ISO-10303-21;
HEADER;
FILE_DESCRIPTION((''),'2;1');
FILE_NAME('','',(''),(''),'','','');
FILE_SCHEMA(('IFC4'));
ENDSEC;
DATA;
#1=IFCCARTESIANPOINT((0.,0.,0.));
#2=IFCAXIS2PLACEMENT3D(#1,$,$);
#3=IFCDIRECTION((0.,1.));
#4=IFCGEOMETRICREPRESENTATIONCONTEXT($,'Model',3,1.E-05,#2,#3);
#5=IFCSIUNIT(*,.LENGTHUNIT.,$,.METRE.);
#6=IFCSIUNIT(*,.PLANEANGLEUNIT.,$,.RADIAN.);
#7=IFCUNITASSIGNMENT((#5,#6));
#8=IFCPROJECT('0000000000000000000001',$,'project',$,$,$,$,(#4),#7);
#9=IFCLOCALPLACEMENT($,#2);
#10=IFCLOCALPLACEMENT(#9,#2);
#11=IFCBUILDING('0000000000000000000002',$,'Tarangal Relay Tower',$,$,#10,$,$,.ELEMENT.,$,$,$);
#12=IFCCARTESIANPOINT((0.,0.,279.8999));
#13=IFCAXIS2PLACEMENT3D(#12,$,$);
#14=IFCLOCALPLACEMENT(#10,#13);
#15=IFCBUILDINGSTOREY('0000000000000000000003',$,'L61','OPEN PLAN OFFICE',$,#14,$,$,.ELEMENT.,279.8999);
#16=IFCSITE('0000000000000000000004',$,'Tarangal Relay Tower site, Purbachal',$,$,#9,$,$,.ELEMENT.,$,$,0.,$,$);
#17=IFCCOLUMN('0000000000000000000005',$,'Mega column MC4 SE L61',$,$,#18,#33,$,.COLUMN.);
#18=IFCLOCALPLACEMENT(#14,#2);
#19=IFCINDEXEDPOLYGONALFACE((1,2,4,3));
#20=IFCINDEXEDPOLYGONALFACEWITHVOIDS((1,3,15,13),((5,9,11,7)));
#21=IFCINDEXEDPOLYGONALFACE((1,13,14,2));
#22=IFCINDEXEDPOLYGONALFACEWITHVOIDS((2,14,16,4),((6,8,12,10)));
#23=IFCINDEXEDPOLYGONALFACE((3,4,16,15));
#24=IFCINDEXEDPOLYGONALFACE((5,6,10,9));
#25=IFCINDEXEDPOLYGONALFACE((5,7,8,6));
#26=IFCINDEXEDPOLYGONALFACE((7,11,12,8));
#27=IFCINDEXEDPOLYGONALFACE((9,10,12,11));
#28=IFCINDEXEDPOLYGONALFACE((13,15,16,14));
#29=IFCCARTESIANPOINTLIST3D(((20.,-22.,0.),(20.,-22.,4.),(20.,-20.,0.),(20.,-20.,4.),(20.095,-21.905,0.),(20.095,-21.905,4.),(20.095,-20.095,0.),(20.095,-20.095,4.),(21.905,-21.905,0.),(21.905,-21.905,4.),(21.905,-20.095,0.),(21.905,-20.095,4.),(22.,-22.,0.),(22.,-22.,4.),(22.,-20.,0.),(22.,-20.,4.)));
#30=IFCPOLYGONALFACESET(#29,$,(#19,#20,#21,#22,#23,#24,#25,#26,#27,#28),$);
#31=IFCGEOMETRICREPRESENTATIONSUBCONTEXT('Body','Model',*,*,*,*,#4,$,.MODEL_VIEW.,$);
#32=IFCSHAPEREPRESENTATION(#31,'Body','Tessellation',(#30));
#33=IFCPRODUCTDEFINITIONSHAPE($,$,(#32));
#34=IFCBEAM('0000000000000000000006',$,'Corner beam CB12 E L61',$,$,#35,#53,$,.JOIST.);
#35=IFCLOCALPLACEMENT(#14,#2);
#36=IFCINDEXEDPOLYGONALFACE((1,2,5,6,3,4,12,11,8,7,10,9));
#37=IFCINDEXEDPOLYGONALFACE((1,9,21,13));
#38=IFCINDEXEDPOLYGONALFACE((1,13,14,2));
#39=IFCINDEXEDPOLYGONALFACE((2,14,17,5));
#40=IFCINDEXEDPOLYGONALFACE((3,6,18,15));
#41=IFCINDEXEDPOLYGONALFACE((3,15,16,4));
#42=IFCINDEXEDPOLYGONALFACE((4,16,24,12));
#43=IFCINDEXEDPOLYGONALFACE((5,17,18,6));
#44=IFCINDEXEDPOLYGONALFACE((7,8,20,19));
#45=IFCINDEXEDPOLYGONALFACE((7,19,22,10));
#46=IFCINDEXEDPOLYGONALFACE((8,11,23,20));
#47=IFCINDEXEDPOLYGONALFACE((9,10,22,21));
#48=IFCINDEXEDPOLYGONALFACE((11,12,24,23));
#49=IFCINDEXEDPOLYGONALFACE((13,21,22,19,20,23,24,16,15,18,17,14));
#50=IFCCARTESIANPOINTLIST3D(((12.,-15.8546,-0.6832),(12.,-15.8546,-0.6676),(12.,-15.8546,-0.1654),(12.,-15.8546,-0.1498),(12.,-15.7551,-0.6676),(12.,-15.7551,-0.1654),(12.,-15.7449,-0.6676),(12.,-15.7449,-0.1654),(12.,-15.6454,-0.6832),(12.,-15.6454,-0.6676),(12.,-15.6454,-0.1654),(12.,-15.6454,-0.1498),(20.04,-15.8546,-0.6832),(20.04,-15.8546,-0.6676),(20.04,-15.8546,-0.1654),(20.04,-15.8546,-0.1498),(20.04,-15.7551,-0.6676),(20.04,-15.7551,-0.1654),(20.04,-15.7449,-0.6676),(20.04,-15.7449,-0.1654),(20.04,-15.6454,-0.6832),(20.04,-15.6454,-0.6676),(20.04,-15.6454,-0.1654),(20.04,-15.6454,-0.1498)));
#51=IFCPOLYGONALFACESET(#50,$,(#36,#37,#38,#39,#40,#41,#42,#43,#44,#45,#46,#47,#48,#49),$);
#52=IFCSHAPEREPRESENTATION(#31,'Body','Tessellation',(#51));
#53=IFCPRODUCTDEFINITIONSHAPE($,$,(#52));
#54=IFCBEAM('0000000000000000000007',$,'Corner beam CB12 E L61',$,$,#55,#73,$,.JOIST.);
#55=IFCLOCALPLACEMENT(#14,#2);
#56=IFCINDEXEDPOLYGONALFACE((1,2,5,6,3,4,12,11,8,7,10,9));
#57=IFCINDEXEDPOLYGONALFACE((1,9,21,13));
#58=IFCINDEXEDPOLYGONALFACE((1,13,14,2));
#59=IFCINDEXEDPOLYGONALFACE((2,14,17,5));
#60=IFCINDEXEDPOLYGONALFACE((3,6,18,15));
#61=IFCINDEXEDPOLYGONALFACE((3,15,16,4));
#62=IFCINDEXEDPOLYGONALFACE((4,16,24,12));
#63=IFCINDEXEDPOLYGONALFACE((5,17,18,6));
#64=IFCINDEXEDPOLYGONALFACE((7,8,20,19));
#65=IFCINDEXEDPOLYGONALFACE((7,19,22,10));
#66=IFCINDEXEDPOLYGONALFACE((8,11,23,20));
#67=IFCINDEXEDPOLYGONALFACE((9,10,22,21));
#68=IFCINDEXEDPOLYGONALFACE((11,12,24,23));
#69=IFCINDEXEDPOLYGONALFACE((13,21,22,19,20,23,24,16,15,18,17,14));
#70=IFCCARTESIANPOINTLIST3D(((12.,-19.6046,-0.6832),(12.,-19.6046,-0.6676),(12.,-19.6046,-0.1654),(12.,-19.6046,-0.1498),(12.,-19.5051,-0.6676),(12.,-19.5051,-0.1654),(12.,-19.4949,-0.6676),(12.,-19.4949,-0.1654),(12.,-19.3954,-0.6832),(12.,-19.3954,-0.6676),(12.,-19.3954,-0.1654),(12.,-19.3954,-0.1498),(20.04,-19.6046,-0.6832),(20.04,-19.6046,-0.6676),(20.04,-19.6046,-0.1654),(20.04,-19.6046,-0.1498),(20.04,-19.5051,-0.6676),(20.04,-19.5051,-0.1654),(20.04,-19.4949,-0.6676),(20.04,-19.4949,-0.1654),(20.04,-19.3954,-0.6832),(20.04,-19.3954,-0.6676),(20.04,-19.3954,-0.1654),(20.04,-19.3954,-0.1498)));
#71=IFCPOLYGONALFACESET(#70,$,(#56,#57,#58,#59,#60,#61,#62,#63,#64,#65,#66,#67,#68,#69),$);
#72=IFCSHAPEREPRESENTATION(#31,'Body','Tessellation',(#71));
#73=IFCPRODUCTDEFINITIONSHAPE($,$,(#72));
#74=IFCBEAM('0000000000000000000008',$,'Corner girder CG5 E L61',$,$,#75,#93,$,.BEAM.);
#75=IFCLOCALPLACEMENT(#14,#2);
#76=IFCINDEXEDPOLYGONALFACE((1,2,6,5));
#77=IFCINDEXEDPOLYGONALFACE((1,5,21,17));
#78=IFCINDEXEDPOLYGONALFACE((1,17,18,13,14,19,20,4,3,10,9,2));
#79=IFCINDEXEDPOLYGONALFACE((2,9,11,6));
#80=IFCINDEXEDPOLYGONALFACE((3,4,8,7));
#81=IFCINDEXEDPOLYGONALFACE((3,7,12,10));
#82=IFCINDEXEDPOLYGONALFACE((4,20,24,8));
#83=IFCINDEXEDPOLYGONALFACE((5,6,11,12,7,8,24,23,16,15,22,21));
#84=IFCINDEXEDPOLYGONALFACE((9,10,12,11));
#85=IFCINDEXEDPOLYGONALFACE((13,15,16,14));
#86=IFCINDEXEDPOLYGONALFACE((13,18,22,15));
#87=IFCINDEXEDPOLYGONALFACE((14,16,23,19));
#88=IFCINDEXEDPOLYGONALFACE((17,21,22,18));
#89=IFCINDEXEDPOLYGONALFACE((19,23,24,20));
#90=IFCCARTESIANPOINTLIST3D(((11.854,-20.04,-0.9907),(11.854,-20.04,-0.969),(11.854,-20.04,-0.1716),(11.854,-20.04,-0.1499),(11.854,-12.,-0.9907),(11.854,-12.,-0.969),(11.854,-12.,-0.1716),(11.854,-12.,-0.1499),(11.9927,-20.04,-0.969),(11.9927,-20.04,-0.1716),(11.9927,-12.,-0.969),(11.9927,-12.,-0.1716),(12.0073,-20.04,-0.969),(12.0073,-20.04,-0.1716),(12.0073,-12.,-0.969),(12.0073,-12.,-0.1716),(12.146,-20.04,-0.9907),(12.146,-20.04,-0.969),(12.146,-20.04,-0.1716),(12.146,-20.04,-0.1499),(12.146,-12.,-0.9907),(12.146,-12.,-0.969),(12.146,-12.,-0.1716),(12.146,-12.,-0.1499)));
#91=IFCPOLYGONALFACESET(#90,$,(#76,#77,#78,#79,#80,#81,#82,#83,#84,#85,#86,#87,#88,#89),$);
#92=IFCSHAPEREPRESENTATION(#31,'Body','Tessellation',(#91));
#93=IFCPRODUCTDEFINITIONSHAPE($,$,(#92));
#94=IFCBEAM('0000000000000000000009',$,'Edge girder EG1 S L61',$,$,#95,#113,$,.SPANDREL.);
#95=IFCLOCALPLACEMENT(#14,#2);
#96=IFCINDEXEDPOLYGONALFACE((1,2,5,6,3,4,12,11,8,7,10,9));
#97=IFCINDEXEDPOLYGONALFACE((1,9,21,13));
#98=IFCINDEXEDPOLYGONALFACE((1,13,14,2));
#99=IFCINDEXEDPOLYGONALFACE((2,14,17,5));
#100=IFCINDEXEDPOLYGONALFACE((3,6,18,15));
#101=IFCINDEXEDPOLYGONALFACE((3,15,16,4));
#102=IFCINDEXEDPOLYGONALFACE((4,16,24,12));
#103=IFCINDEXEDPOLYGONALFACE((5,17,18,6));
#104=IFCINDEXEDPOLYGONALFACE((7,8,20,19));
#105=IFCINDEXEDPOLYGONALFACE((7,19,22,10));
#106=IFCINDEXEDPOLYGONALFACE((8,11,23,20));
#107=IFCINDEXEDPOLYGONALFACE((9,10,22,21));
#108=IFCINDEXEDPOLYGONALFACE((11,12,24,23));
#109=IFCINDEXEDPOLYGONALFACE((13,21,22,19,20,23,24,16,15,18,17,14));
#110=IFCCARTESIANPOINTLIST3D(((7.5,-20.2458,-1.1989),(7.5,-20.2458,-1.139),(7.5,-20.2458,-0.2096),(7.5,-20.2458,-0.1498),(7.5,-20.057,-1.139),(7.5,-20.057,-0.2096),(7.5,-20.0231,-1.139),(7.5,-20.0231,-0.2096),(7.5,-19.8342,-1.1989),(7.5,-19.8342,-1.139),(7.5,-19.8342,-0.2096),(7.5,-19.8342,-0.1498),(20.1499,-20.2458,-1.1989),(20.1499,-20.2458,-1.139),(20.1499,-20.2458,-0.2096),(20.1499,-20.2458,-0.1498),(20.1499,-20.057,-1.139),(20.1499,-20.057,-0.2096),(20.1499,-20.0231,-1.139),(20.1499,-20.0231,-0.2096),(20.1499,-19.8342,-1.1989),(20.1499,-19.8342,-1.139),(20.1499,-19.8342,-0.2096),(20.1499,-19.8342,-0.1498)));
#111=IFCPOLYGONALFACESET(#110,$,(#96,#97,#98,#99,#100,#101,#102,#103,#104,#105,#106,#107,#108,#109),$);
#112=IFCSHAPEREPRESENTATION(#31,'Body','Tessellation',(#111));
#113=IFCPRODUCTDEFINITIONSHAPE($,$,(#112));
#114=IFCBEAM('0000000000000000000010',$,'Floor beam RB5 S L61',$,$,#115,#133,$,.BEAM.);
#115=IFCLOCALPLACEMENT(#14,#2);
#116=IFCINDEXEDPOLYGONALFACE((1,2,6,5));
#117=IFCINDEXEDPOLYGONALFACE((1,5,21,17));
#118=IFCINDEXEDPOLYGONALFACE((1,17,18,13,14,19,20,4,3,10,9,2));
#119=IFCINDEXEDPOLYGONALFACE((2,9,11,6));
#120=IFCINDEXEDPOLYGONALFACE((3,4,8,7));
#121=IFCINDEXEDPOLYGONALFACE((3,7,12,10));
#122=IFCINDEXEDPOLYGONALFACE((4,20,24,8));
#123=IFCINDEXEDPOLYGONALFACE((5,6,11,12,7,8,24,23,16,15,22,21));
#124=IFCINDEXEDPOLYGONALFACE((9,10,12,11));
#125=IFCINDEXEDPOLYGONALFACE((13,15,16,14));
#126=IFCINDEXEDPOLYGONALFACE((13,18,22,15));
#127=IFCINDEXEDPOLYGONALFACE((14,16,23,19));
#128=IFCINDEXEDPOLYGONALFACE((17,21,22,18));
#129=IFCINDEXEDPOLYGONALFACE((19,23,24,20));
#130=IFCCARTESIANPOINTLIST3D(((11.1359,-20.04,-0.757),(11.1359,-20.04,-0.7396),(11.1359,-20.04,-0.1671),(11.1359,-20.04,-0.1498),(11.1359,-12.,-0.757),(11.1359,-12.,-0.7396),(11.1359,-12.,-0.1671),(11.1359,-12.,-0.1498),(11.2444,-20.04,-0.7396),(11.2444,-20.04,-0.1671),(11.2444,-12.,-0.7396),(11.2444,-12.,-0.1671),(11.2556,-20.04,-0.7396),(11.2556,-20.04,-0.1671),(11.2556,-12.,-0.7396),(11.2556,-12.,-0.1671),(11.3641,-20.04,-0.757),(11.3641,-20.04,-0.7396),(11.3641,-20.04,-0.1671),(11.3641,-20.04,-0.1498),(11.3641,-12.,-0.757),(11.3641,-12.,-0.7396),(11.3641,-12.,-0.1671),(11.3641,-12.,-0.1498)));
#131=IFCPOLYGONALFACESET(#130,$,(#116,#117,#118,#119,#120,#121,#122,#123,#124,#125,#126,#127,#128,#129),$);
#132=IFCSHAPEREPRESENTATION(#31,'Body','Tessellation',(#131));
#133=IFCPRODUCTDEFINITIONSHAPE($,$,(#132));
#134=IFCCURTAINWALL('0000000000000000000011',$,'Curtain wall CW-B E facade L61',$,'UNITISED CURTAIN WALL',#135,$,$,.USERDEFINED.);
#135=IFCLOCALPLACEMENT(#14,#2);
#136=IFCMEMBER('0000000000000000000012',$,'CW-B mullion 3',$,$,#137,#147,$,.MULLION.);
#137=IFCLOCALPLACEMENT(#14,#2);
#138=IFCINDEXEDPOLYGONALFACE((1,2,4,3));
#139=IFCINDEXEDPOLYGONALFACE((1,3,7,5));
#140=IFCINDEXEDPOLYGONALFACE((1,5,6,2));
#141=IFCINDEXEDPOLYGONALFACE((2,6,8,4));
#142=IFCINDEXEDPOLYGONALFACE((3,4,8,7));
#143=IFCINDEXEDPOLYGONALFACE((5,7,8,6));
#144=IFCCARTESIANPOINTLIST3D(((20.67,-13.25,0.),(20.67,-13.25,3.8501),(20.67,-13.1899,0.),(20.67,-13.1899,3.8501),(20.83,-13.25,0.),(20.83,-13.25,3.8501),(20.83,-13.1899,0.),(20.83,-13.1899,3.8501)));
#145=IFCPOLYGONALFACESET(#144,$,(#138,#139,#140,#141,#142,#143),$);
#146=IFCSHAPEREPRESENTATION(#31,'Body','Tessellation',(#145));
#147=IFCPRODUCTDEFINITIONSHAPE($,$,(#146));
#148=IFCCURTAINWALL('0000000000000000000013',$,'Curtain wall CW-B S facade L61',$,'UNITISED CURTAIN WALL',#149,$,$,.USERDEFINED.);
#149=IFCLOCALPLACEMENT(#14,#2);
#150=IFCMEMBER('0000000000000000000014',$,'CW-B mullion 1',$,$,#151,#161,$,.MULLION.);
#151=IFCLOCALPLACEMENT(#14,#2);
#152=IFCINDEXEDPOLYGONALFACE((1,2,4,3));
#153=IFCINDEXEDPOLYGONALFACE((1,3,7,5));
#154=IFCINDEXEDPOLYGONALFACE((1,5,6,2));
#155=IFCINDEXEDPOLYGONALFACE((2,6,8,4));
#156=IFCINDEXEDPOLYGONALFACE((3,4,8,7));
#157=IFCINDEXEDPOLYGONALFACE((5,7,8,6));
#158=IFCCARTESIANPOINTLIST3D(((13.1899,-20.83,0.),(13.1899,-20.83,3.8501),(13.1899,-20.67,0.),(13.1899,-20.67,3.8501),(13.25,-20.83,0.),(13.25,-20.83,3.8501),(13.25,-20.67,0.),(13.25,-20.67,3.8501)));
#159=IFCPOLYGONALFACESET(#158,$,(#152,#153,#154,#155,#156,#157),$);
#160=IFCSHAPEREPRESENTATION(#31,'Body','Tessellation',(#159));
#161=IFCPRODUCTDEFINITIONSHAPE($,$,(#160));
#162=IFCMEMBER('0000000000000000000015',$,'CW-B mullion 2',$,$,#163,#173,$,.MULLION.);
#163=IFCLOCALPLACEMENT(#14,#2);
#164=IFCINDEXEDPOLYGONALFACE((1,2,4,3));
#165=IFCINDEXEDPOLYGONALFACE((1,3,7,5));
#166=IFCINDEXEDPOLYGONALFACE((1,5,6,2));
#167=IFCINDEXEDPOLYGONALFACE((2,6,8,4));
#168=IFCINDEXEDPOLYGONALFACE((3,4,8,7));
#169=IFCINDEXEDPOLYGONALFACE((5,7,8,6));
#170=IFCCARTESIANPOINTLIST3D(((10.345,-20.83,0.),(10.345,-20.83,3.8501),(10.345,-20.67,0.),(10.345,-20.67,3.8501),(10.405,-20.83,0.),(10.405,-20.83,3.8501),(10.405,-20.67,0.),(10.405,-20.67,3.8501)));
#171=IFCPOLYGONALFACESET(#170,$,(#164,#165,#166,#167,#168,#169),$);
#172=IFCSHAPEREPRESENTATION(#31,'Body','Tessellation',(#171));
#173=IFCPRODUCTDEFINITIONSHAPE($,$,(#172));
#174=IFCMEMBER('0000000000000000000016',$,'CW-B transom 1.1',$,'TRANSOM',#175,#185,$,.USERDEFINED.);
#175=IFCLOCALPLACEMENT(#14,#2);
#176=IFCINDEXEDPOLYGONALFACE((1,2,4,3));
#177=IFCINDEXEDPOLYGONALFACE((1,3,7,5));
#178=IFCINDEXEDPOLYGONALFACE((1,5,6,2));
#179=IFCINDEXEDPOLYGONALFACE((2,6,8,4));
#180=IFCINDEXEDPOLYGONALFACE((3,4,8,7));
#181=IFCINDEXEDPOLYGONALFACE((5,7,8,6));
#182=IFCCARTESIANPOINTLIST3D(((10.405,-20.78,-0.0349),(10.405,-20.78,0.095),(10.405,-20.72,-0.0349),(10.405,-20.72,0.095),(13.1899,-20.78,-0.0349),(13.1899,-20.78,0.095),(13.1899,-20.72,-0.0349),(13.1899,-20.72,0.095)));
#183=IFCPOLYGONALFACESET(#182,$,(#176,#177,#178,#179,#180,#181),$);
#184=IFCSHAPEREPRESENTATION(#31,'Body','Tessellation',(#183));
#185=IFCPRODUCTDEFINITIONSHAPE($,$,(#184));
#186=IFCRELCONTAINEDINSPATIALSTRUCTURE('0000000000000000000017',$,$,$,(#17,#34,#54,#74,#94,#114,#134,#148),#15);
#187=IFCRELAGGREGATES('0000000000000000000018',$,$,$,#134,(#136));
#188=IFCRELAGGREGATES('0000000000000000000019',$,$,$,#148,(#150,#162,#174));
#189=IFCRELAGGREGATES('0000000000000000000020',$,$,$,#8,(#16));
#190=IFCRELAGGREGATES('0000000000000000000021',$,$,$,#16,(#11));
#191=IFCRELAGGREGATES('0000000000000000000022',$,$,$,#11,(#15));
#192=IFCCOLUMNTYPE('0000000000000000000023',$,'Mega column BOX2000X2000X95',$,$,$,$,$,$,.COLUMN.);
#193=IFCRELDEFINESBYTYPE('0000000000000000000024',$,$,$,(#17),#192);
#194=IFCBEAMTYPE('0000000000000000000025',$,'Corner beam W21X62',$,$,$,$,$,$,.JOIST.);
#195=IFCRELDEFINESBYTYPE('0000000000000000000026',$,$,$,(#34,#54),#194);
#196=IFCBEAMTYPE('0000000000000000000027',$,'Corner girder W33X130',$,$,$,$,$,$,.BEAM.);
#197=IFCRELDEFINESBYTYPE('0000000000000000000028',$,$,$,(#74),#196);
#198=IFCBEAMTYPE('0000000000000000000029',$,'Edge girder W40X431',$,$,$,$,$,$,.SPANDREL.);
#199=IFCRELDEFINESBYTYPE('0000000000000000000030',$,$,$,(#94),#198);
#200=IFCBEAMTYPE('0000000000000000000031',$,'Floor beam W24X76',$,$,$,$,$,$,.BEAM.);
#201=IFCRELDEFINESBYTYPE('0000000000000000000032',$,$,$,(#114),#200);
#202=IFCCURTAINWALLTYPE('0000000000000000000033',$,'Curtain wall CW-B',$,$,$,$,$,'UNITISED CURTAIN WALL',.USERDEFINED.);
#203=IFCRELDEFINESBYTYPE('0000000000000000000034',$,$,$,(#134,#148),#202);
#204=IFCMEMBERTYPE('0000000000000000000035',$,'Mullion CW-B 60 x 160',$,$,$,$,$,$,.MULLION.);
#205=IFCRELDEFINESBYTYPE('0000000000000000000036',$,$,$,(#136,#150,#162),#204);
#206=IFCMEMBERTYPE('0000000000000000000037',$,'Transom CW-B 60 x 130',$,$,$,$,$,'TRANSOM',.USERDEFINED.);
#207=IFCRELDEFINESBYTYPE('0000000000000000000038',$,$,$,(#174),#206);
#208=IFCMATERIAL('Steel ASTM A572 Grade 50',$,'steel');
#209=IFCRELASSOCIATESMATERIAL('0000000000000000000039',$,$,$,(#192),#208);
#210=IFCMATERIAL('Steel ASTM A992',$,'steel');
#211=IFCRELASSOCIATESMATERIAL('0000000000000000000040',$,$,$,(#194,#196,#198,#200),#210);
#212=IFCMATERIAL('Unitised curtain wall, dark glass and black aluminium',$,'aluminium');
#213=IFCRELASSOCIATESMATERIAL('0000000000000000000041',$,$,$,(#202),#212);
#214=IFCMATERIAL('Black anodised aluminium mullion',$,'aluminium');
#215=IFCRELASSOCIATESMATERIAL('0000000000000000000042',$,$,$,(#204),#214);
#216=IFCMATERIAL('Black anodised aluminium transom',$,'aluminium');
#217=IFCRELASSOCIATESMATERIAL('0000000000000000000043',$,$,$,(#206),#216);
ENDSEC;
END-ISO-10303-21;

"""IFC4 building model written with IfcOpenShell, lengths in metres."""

from ifc_helpers import new_model, si_unit, direction, frame, origin, origin_2d, place, context, subcontext, project, spatial, rectangle, hollow_rectangle, i_section, extrude, material, material_profile, profile_set, type_object, element, aggregate, save


model = new_model("IFC4")

# Units and contexts
model_context = context("Model", 3, precision=1e-05, world=origin(), true_north=direction((0.0, 1.0)))
body_context = subcontext(model_context, "Body", "Model", "MODEL_VIEW")
ifc_project = project(units=[si_unit("LENGTHUNIT", "METRE"), si_unit("PLANEANGLEUNIT", "RADIAN")], contexts=[model_context])

# Site, building, storey
site_placement = place(None, origin())
site = spatial("IfcSite", under=ifc_project, at=site_placement, Name="Tarangal Relay Tower site, Purbachal", CompositionType="ELEMENT", RefElevation=0.0)
building_placement = place(site_placement, origin())
building = spatial("IfcBuilding", under=site, at=building_placement, Name="Tarangal Relay Tower", CompositionType="ELEMENT")
storey_placement = place(building_placement, frame((0.0, 0.0, 279.8999)))
storey = spatial("IfcBuildingStorey", under=building, at=storey_placement, Name="L61", Description="OPEN PLAN OFFICE", CompositionType="ELEMENT", Elevation=279.8999)

# Column
ifc_material_1 = material(Name="Steel ASTM A572 Grade 50", Category="steel")
ifc_material_profile_1 = material_profile(ifc_material_1, hollow_rectangle(XDim=2.0, YDim=2.0, WallThickness=0.095, at=origin_2d()), Name="BOX2000X2000X95")
ifc_profile_set_1 = profile_set([ifc_material_profile_1], Name="Steel ASTM A572 Grade 50")
column_type = type_object("IfcColumnType", Name="Mega column BOX2000X2000X95", PredefinedType="COLUMN", material=ifc_profile_set_1)
column_placement = place(storey_placement, frame((21.0, -21.0, 0.0), z_axis=(0.0, 0.0, 1.0), x_axis=(1.0, 0.0, 0.0)))
element("IfcColumn", 1, at=column_placement, inside=storey, type_object=column_type, Name="Mega column MC4 SE L61", PredefinedType="COLUMN", context=body_context, shape_type="SweptSolid", body=[
    extrude(hollow_rectangle(XDim=2.0, YDim=2.0, WallThickness=0.095, at=origin_2d()), origin(), (0.0, 0.0, 1.0), 4.0),
])

# Beams
ifc_material_2 = material(Name="Steel ASTM A992", Category="steel")
ifc_material_profile_2 = material_profile(ifc_material_2, i_section(OverallWidth=0.2092, OverallDepth=0.5334, WebThickness=0.0103, FlangeThickness=0.0156, at=origin_2d()), Name="W21X62")
ifc_profile_set_2 = profile_set([ifc_material_profile_2], Name="Steel ASTM A992")
beam_type_1 = type_object("IfcBeamType", Name="Corner beam W21X62", PredefinedType="JOIST", material=ifc_profile_set_2)
for number, where, z_axis, x_axis, name in (
    (2, (12.0, -15.75, -0.4165), (1.0, 0.0, 0.0), (0.0, 1.0, 0.0), "Corner beam CB12 E L61"),
    (3, (12.0, -19.5, -0.4165), (1.0, 0.0, 0.0), (0.0, 1.0, 0.0), "Corner beam CB12 E L61"),
):
    element("IfcBeam", number, at=place(storey_placement, frame(where, z_axis=z_axis, x_axis=x_axis)), inside=storey, type_object=beam_type_1, Name=name, PredefinedType="JOIST", context=body_context, shape_type="SweptSolid", body=[
        extrude(i_section(OverallWidth=0.2092, OverallDepth=0.5334, WebThickness=0.0103, FlangeThickness=0.0156, at=origin_2d()), origin(), (0.0, 0.0, 1.0), 8.04),
    ])
ifc_material_profile_3 = material_profile(ifc_material_2, i_section(OverallWidth=0.292, OverallDepth=0.8408, WebThickness=0.0146, FlangeThickness=0.0217, at=origin_2d()), Name="W33X130")
ifc_profile_set_3 = profile_set([ifc_material_profile_3], Name="Steel ASTM A992")
beam_type_2 = type_object("IfcBeamType", Name="Corner girder W33X130", PredefinedType="BEAM", material=ifc_profile_set_3)
beam_1_placement = place(storey_placement, frame((12.0, -12.0, -0.5703), z_axis=(0.0, -1.0, 0.0), x_axis=(1.0, 0.0, 0.0)))
element("IfcBeam", 4, at=beam_1_placement, inside=storey, type_object=beam_type_2, Name="Corner girder CG5 E L61", PredefinedType="BEAM", context=body_context, shape_type="SweptSolid", body=[
    extrude(i_section(OverallWidth=0.292, OverallDepth=0.8408, WebThickness=0.0146, FlangeThickness=0.0217, at=origin_2d()), origin(), (0.0, 0.0, 1.0), 8.04),
])
ifc_material_profile_4 = material_profile(ifc_material_2, i_section(OverallWidth=0.4116, OverallDepth=1.0491, WebThickness=0.0339, FlangeThickness=0.0598, at=origin_2d()), Name="W40X431")
ifc_profile_set_4 = profile_set([ifc_material_profile_4], Name="Steel ASTM A992")
beam_type_3 = type_object("IfcBeamType", Name="Edge girder W40X431", PredefinedType="SPANDREL", material=ifc_profile_set_4)
beam_2_placement = place(storey_placement, frame((20.1499, -20.04, -0.6743), z_axis=(-1.0, 0.0, 0.0), x_axis=(0.0, -1.0, 0.0)))
element("IfcBeam", 5, at=beam_2_placement, inside=storey, type_object=beam_type_3, Name="Edge girder EG1 S L61", PredefinedType="SPANDREL", context=body_context, shape_type="SweptSolid", body=[
    extrude(i_section(OverallWidth=0.4116, OverallDepth=1.0491, WebThickness=0.0339, FlangeThickness=0.0598, at=origin_2d()), origin(), (0.0, 0.0, 1.0), 12.6499),
])
ifc_material_profile_5 = material_profile(ifc_material_2, i_section(OverallWidth=0.2283, OverallDepth=0.6072, WebThickness=0.0112, FlangeThickness=0.0173, at=origin_2d()), Name="W24X76")
ifc_profile_set_5 = profile_set([ifc_material_profile_5], Name="Steel ASTM A992")
beam_type_4 = type_object("IfcBeamType", Name="Floor beam W24X76", PredefinedType="BEAM", material=ifc_profile_set_5)
beam_3_placement = place(storey_placement, frame((11.25, -12.0, -0.4534), z_axis=(0.0, -1.0, 0.0), x_axis=(1.0, 0.0, 0.0)))
element("IfcBeam", 6, at=beam_3_placement, inside=storey, type_object=beam_type_4, Name="Floor beam RB5 S L61", PredefinedType="BEAM", context=body_context, shape_type="SweptSolid", body=[
    extrude(i_section(OverallWidth=0.2283, OverallDepth=0.6072, WebThickness=0.0112, FlangeThickness=0.0173, at=origin_2d()), origin(), (0.0, 0.0, 1.0), 8.04),
])

# Curtain wall, member
ifc_material_3 = material(Name="Unitised curtain wall, dark glass and black aluminium", Category="aluminium")
curtain_wall_type = type_object("IfcCurtainWallType", Name="Curtain wall CW-B", ElementType="UNITISED CURTAIN WALL", PredefinedType="USERDEFINED", material=ifc_material_3)
curtain_wall_1_placement = place(storey_placement, origin())
curtain_wall_1 = element("IfcCurtainWall", 7, at=curtain_wall_1_placement, inside=storey, type_object=curtain_wall_type, Name="Curtain wall CW-B E facade L61", ObjectType="UNITISED CURTAIN WALL", PredefinedType="USERDEFINED")
ifc_material_4 = material(Name="Black anodised aluminium mullion", Category="aluminium")
ifc_material_profile_6 = material_profile(ifc_material_4, rectangle(XDim=0.1599, YDim=0.0601, at=origin_2d()), Name="CW-BM 60X160")
ifc_profile_set_6 = profile_set([ifc_material_profile_6], Name="Black anodised aluminium mullion")
member_type_1 = type_object("IfcMemberType", Name="Mullion CW-B 60 x 160", PredefinedType="MULLION", material=ifc_profile_set_6)
member_1_placement = place(storey_placement, frame((20.75, -13.22, 0.0), z_axis=(0.0, 0.0, 1.0), x_axis=(1.0, 0.0, 0.0)))
member_1 = element("IfcMember", 8, at=member_1_placement, type_object=member_type_1, Name="CW-B mullion 3", PredefinedType="MULLION", context=body_context, shape_type="SweptSolid", body=[
    extrude(rectangle(XDim=0.1599, YDim=0.0601, at=origin_2d()), origin(), (0.0, 0.0, 1.0), 3.8501),
])

# Curtain wall, members
curtain_wall_2_placement = place(storey_placement, origin())
curtain_wall_2 = element("IfcCurtainWall", 9, at=curtain_wall_2_placement, inside=storey, type_object=curtain_wall_type, Name="Curtain wall CW-B S facade L61", ObjectType="UNITISED CURTAIN WALL", PredefinedType="USERDEFINED")
member_2_placement = place(storey_placement, frame((13.22, -20.75, 0.0), z_axis=(0.0, 0.0, 1.0), x_axis=(0.0, -1.0, 0.0)))
member_2 = element("IfcMember", 10, at=member_2_placement, type_object=member_type_1, Name="CW-B mullion 1", PredefinedType="MULLION", context=body_context, shape_type="SweptSolid", body=[
    extrude(rectangle(XDim=0.1599, YDim=0.0601, at=origin_2d()), origin(), (0.0, 0.0, 1.0), 3.8501),
])
member_3_placement = place(storey_placement, frame((10.375, -20.75, 0.0), z_axis=(0.0, 0.0, 1.0), x_axis=(0.0, -1.0, 0.0)))
member_3 = element("IfcMember", 11, at=member_3_placement, type_object=member_type_1, Name="CW-B mullion 2", PredefinedType="MULLION", context=body_context, shape_type="SweptSolid", body=[
    extrude(rectangle(XDim=0.1599, YDim=0.0601, at=origin_2d()), origin(), (0.0, 0.0, 1.0), 3.8501),
])
ifc_material_5 = material(Name="Black anodised aluminium transom", Category="aluminium")
ifc_material_profile_7 = material_profile(ifc_material_5, rectangle(XDim=0.0601, YDim=0.1299, at=origin_2d()), Name="CW-BT 60X130")
ifc_profile_set_7 = profile_set([ifc_material_profile_7], Name="Black anodised aluminium transom")
member_type_2 = type_object("IfcMemberType", Name="Transom CW-B 60 x 130", ElementType="TRANSOM", PredefinedType="USERDEFINED", material=ifc_profile_set_7)
member_4_placement = place(storey_placement, frame((13.1899, -20.75, 0.03), z_axis=(-1.0, 0.0, 0.0), x_axis=(0.0, -1.0, 0.0)))
member_4 = element("IfcMember", 12, at=member_4_placement, type_object=member_type_2, Name="CW-B transom 1.1", ObjectType="TRANSOM", PredefinedType="USERDEFINED", context=body_context, shape_type="SweptSolid", body=[
    extrude(rectangle(XDim=0.0601, YDim=0.1299, at=origin_2d()), origin(), (0.0, 0.0, 1.0), 2.7849),
])

aggregate(curtain_wall_1, [member_1])
aggregate(curtain_wall_2, [member_2, member_3, member_4])

save(model, "model.ifc")
